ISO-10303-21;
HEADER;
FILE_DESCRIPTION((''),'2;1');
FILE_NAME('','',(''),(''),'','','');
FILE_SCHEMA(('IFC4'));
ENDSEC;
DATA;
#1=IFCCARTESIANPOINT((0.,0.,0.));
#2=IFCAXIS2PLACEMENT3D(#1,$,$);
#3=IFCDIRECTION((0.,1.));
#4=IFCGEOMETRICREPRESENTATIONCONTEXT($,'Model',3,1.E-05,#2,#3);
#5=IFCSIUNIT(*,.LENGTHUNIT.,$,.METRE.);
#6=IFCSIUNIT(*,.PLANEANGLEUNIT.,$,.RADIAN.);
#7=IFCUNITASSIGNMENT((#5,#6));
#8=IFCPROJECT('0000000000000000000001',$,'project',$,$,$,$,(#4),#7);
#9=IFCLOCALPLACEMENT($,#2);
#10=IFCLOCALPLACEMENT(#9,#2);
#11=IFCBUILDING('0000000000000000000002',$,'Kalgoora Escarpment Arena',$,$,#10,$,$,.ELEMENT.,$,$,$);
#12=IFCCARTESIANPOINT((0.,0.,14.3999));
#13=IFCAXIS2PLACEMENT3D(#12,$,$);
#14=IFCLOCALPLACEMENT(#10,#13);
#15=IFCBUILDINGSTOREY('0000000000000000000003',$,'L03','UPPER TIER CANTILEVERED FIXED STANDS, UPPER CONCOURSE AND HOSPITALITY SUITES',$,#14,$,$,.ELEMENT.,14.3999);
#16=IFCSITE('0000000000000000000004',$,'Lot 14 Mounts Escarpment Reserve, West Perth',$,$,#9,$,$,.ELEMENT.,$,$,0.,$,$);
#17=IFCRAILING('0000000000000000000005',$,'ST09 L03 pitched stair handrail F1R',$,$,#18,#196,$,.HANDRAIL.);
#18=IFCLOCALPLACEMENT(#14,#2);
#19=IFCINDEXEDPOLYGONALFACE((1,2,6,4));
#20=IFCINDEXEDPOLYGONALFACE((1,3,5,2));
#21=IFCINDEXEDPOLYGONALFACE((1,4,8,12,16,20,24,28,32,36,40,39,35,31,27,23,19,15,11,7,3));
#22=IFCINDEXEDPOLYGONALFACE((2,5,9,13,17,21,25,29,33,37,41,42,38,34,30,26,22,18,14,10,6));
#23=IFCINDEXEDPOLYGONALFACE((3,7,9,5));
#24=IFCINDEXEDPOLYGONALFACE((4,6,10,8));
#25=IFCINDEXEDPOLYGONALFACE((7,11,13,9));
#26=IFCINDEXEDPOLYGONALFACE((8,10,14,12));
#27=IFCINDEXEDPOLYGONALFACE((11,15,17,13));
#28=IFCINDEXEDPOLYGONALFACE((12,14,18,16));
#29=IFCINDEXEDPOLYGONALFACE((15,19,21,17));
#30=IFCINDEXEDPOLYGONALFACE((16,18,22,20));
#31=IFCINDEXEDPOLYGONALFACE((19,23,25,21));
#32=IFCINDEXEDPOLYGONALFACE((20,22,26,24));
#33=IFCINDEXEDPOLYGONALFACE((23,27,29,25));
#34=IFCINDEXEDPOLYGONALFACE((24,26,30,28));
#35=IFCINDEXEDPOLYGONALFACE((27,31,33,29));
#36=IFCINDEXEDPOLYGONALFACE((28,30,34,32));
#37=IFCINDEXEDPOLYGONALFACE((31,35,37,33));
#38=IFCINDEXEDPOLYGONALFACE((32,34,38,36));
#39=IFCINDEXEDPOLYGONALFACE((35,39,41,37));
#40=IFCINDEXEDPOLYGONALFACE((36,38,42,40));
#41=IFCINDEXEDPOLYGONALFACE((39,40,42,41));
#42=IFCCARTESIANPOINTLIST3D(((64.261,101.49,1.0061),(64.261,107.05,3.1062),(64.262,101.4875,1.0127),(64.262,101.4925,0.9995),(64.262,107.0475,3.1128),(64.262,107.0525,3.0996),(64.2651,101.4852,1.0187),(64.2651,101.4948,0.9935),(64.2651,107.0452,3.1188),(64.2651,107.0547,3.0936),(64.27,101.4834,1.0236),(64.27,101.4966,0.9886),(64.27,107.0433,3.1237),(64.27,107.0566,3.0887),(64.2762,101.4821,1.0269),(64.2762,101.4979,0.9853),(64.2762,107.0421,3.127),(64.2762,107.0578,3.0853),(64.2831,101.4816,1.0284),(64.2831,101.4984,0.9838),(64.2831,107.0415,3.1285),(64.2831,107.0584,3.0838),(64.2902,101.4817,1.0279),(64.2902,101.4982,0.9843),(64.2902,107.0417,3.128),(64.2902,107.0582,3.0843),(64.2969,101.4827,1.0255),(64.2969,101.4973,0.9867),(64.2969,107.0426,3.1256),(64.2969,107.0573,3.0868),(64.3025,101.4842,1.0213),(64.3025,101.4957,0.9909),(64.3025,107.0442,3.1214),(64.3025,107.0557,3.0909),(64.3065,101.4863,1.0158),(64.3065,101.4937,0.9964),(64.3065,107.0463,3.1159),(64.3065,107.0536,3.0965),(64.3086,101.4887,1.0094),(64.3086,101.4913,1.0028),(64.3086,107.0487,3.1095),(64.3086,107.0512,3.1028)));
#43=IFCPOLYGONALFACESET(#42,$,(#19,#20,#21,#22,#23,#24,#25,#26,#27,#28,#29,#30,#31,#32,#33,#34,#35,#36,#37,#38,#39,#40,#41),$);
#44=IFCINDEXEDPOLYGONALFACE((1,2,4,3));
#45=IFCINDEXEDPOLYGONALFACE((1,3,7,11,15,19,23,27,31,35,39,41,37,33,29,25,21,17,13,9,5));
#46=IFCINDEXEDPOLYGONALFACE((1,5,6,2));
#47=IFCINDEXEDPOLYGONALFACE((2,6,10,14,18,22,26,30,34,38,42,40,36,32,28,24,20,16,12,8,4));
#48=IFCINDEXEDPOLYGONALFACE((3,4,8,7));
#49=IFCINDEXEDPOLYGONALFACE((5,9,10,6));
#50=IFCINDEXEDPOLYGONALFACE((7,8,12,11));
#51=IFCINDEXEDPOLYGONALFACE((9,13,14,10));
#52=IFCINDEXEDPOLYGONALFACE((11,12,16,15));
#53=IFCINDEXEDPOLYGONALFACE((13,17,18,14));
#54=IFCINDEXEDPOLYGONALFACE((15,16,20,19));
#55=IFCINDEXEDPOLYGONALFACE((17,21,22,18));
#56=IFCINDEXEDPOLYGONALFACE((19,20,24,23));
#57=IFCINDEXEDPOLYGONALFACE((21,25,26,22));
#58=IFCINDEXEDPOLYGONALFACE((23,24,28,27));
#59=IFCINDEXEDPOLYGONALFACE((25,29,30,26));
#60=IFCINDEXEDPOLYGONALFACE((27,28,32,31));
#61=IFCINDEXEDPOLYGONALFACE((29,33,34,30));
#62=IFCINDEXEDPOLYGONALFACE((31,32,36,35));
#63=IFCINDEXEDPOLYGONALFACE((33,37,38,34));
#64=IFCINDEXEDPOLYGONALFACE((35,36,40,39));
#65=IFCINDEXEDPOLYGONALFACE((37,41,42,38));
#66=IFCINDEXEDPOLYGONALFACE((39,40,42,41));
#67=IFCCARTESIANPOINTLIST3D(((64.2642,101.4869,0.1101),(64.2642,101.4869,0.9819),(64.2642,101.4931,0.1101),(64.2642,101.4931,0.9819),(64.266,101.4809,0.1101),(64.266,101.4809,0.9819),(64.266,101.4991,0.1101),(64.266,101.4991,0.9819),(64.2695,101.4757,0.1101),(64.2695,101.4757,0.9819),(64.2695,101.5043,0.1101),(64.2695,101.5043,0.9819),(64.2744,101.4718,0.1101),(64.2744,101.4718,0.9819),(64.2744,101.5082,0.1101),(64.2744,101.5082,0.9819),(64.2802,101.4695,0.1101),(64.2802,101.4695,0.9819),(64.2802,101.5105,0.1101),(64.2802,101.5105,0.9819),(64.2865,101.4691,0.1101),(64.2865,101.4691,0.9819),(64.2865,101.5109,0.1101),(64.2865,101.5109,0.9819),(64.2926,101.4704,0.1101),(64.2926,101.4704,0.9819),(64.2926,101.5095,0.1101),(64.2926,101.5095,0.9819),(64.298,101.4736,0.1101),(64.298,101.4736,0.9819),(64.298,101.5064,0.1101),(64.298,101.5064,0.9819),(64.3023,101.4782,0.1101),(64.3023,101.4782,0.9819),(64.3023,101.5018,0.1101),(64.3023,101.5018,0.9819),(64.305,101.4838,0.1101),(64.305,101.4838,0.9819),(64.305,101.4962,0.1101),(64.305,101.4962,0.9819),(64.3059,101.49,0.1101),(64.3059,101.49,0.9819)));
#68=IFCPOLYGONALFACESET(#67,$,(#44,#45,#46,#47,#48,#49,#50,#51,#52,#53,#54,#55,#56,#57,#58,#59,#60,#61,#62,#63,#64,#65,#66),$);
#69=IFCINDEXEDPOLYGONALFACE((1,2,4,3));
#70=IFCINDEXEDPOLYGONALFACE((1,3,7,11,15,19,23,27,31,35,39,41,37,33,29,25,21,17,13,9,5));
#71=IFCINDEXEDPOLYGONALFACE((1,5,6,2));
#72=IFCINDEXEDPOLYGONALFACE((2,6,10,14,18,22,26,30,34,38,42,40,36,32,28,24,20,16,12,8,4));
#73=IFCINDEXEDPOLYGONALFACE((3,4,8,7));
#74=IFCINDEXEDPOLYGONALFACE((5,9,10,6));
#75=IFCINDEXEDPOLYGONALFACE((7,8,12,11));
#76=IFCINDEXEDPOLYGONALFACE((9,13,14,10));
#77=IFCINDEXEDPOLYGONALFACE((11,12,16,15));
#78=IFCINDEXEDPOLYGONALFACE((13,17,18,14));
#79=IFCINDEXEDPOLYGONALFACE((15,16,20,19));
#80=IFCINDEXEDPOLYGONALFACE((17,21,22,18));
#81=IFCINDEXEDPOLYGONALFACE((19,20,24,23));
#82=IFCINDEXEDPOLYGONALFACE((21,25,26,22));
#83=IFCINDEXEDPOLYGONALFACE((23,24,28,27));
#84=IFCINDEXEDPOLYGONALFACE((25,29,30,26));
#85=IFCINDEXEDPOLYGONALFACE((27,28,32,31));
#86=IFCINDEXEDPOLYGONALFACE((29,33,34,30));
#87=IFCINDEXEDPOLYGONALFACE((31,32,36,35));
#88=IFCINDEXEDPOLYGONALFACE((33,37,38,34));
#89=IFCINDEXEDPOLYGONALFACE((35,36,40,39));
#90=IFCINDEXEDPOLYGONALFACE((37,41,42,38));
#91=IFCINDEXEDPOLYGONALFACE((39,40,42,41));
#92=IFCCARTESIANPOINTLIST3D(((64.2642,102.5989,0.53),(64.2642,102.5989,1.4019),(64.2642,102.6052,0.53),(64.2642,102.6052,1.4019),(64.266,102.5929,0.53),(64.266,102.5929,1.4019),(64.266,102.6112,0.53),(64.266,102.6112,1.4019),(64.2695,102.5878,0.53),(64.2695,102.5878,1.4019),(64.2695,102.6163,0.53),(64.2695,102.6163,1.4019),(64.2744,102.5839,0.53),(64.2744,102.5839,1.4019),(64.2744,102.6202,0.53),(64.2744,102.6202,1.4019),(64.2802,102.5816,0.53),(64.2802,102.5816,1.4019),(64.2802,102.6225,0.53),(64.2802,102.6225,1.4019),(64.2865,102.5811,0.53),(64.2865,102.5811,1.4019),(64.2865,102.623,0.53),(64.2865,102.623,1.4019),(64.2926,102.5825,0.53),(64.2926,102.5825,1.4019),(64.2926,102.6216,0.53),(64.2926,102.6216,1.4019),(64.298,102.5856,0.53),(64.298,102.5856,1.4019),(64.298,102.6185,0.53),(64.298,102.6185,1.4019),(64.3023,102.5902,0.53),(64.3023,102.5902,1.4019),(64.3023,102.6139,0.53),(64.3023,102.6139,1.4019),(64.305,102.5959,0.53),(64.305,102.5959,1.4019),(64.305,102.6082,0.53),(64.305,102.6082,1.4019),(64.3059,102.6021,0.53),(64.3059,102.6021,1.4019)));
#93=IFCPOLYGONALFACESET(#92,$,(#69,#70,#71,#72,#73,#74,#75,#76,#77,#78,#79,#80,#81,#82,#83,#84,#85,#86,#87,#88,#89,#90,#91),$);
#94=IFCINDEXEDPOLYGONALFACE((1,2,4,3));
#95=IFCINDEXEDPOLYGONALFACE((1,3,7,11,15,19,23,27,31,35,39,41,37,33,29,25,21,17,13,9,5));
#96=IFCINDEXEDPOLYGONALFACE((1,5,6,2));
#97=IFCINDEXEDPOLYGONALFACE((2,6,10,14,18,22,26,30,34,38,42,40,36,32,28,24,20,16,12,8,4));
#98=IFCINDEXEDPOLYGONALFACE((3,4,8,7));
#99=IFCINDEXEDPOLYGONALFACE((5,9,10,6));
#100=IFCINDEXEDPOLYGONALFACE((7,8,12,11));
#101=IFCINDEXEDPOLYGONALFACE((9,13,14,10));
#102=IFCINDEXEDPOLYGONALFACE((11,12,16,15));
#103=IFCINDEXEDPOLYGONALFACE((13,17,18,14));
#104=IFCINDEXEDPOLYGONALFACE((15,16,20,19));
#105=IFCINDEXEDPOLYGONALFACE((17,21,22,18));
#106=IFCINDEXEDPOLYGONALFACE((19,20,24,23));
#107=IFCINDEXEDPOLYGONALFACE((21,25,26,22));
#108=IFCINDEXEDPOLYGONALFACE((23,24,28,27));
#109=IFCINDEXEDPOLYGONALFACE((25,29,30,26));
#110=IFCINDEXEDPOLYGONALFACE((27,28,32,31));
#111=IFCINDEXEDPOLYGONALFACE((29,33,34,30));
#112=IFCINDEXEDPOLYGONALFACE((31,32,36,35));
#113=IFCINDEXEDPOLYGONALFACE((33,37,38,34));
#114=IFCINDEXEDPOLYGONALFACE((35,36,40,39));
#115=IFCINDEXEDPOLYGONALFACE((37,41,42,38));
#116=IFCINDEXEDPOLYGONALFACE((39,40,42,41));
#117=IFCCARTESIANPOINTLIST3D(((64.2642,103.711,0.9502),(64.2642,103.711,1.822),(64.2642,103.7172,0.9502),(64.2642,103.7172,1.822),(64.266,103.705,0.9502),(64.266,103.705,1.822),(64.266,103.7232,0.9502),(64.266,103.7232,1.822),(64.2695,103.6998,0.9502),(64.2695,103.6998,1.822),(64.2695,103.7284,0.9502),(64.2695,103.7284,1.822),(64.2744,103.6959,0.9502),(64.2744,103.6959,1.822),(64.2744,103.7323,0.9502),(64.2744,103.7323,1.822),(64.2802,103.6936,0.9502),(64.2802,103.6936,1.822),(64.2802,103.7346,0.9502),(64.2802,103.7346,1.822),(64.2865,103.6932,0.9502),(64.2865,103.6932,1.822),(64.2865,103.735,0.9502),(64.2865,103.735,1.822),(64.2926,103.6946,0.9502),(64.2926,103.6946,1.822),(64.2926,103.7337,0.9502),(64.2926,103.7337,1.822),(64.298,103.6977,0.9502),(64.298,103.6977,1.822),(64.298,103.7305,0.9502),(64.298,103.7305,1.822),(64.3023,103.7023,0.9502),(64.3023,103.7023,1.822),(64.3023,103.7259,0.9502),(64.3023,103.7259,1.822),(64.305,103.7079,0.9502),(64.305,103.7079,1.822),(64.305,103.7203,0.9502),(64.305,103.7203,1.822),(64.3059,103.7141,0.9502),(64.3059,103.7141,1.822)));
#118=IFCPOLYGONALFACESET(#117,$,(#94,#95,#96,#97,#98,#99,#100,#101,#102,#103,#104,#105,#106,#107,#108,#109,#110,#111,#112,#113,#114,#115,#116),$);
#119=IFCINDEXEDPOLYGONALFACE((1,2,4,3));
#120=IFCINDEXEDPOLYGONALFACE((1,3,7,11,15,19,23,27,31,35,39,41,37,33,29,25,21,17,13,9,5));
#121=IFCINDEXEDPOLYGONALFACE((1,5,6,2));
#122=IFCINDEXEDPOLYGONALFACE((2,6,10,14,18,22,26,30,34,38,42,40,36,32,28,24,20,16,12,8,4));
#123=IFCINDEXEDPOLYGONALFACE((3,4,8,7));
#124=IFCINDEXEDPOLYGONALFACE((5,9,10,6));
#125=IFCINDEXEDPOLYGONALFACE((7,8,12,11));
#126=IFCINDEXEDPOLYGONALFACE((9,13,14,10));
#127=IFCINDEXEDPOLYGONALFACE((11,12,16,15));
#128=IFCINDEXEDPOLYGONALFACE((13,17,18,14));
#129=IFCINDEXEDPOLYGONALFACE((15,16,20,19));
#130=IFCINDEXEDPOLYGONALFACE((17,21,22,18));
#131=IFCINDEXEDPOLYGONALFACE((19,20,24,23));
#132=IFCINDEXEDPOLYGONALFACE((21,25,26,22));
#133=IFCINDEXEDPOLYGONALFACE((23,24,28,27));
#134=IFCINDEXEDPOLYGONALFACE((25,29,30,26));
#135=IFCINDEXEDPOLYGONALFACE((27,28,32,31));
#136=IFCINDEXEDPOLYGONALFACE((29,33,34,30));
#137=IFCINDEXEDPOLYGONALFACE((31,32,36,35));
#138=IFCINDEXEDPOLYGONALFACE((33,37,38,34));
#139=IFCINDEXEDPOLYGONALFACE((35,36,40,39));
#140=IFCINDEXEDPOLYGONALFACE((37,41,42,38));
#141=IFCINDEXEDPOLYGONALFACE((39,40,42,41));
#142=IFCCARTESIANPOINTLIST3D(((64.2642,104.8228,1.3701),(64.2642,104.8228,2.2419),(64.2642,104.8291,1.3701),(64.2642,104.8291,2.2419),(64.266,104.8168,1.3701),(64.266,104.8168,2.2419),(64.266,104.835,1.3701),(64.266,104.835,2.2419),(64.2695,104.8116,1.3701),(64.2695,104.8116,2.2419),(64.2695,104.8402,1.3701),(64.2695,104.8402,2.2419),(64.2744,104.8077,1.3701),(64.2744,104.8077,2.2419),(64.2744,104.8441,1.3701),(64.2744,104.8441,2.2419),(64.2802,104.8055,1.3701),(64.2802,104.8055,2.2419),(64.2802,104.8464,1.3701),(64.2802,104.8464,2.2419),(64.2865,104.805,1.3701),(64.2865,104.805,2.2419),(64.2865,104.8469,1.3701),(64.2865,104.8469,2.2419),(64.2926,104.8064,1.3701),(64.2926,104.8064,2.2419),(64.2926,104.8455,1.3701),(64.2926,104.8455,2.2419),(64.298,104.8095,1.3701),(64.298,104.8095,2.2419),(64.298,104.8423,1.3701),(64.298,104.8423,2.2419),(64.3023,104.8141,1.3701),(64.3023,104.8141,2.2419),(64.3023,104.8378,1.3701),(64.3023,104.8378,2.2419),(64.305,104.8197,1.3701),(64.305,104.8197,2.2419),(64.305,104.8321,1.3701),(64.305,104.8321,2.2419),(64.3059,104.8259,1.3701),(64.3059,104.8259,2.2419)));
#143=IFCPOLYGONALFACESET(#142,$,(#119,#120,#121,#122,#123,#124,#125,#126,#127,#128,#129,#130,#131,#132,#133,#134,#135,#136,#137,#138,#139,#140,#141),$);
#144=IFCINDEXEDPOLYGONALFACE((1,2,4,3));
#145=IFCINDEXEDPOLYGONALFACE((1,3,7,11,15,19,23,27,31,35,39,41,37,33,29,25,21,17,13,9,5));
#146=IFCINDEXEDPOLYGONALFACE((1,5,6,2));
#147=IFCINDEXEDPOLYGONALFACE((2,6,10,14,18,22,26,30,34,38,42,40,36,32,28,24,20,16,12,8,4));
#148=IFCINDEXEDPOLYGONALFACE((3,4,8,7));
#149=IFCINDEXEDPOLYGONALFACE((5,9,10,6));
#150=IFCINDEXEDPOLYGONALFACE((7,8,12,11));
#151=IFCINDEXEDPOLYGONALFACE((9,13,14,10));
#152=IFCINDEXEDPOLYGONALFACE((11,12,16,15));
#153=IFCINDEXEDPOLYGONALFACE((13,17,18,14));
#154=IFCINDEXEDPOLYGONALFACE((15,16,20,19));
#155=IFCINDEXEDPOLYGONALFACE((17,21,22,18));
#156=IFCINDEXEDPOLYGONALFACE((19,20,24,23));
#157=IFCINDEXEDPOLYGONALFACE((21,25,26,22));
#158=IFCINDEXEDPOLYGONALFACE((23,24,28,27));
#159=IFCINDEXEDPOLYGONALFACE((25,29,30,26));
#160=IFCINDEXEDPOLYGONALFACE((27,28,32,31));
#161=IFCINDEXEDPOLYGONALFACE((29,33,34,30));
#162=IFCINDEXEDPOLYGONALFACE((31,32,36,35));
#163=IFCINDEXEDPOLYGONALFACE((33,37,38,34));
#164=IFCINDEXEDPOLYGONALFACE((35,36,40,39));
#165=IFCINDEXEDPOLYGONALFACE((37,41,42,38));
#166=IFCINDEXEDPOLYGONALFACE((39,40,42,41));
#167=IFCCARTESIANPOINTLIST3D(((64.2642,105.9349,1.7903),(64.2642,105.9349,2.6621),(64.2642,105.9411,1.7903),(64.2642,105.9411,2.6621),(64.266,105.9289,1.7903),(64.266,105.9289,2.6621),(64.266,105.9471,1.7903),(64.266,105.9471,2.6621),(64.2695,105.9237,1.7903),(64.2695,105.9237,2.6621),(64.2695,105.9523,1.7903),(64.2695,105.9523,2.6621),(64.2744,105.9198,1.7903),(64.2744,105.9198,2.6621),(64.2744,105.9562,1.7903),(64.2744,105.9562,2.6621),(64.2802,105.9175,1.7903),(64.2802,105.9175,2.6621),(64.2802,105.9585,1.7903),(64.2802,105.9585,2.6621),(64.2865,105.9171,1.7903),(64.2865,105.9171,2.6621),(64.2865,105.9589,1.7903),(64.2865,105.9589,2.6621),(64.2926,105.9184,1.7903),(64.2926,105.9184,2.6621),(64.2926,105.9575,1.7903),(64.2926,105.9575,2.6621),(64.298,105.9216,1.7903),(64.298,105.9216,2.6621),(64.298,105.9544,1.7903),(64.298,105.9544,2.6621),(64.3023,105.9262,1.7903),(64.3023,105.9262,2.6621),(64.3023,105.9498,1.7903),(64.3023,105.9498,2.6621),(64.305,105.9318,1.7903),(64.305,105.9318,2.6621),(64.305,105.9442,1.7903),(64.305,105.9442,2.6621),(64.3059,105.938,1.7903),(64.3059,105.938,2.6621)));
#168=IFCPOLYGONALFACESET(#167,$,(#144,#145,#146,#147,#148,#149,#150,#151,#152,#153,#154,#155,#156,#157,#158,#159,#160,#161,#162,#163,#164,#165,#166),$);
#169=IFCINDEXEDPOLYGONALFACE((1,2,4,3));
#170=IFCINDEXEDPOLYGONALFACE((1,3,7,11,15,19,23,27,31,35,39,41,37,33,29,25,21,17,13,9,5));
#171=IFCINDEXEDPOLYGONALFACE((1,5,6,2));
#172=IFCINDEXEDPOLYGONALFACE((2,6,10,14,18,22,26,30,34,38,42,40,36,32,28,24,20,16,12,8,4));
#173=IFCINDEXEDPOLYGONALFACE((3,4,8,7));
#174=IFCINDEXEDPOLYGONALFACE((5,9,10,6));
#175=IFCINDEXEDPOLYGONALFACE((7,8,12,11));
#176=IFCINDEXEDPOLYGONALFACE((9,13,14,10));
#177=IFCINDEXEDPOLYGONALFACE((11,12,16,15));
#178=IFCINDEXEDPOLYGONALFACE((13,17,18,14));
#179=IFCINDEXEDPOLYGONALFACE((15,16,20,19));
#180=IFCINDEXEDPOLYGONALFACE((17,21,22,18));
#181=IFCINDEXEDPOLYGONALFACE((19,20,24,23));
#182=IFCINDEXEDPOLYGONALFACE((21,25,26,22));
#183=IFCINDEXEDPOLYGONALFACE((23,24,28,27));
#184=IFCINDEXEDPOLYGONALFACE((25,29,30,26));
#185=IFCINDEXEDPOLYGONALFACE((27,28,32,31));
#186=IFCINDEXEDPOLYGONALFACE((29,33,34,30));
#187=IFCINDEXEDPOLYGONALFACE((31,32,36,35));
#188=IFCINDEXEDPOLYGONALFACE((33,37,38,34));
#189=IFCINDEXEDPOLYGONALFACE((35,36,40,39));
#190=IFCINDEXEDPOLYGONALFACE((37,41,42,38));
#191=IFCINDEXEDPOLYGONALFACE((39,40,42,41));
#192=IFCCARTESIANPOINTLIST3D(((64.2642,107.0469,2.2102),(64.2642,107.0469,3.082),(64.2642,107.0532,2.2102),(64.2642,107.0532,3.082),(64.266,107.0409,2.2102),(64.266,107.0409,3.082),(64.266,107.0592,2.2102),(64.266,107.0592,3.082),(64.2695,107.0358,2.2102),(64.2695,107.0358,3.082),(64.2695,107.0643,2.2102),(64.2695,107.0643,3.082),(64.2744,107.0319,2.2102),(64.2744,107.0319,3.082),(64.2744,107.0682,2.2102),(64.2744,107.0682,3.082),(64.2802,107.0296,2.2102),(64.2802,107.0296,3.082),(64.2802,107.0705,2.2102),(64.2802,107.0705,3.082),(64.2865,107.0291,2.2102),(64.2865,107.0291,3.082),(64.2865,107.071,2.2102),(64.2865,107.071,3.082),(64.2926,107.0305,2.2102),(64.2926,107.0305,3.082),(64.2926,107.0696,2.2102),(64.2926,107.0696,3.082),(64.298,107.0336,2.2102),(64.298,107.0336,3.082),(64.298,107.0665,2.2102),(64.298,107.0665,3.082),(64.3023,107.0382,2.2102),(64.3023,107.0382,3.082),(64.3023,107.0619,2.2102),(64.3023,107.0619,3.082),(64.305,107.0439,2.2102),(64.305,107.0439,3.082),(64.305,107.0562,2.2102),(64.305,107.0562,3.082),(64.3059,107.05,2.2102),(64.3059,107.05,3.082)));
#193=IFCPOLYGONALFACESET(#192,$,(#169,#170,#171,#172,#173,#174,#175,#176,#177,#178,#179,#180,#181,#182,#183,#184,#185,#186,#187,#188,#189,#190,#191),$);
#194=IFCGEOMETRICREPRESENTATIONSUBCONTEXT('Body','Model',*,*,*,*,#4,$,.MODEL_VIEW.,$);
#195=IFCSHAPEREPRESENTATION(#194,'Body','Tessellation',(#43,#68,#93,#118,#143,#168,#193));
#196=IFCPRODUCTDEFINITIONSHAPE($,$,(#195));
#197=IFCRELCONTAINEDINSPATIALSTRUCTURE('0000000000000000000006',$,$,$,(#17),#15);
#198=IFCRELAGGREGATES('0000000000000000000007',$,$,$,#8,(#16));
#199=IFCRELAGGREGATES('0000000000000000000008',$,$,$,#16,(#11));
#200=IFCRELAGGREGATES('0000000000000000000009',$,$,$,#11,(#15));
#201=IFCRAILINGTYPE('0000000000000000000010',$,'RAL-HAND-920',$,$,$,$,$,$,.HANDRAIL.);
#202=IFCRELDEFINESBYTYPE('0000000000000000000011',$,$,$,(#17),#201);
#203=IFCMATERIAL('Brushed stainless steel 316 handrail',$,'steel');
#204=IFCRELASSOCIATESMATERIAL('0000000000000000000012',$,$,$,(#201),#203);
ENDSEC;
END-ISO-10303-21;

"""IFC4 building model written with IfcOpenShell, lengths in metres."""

from ifc_helpers import new_model, si_unit, direction, frame, origin, origin_2d, place, context, subcontext, project, spatial, circle, extrude, material, type_object, element, save


model = new_model("IFC4")

# Units and contexts
model_context = context("Model", 3, precision=1e-05, world=origin(), true_north=direction((0.0, 1.0)))
body_context = subcontext(model_context, "Body", "Model", "MODEL_VIEW")
ifc_project = project(units=[si_unit("LENGTHUNIT", "METRE"), si_unit("PLANEANGLEUNIT", "RADIAN")], contexts=[model_context])

# Site, building, storey
site_placement = place(None, origin())
site = spatial("IfcSite", under=ifc_project, at=site_placement, Name="Lot 14 Mounts Escarpment Reserve, West Perth", CompositionType="ELEMENT", RefElevation=0.0)
building_placement = place(site_placement, origin())
building = spatial("IfcBuilding", under=site, at=building_placement, Name="Kalgoora Escarpment Arena", CompositionType="ELEMENT")
storey_placement = place(building_placement, frame((0.0, 0.0, 14.3999)))
storey = spatial("IfcBuildingStorey", under=building, at=storey_placement, Name="L03", Description="UPPER TIER CANTILEVERED FIXED STANDS, UPPER CONCOURSE AND HOSPITALITY SUITES", CompositionType="ELEMENT", Elevation=14.3999)

# Railing
ifc_material_1 = material(Name="Brushed stainless steel 316 handrail", Category="steel")
railing_type_1 = type_object("IfcRailingType", Name="RAL-HAND-920", PredefinedType="HANDRAIL", material=ifc_material_1)
for number, where, name in (
    (1, (64.2849, 101.49, 0.1101), "ST09 L03 pitched stair handrail F1R"),
):
    element("IfcRailing", number, at=place(storey_placement, frame(where)), inside=storey, type_object=railing_type_1, Name=name, PredefinedType="HANDRAIL", context=body_context, shape_type="SweptSolid", body=[
        extrude(circle(Radius=0.0239, at=origin_2d()), frame((0.0, 0.0, 0.896), z_axis=(0.0, 0.935493, 0.353346), x_axis=(-1.0, 0.0, 0.0)), (0.0, 0.0, 1.0), 5.9434),
        extrude(circle(Radius=0.021, at=origin_2d()), origin(), (0.0, 0.0, 1.0), 0.8718),
        extrude(circle(Radius=0.021, at=origin_2d()), frame((0.0, 1.1121, 0.4199)), (0.0, 0.0, 1.0), 0.8718),
        extrude(circle(Radius=0.021, at=origin_2d()), frame((0.0, 2.2241, 0.8401)), (0.0, 0.0, 1.0), 0.8718),
        extrude(circle(Radius=0.021, at=origin_2d()), frame((0.0, 3.3359, 1.26)), (0.0, 0.0, 1.0), 0.8718),
        extrude(circle(Radius=0.021, at=origin_2d()), frame((0.0, 4.448, 1.6802)), (0.0, 0.0, 1.0), 0.8718),
        extrude(circle(Radius=0.021, at=origin_2d()), frame((0.0, 5.5601, 2.1001)), (0.0, 0.0, 1.0), 0.8718),
    ])

save(model, "model.ifc")
